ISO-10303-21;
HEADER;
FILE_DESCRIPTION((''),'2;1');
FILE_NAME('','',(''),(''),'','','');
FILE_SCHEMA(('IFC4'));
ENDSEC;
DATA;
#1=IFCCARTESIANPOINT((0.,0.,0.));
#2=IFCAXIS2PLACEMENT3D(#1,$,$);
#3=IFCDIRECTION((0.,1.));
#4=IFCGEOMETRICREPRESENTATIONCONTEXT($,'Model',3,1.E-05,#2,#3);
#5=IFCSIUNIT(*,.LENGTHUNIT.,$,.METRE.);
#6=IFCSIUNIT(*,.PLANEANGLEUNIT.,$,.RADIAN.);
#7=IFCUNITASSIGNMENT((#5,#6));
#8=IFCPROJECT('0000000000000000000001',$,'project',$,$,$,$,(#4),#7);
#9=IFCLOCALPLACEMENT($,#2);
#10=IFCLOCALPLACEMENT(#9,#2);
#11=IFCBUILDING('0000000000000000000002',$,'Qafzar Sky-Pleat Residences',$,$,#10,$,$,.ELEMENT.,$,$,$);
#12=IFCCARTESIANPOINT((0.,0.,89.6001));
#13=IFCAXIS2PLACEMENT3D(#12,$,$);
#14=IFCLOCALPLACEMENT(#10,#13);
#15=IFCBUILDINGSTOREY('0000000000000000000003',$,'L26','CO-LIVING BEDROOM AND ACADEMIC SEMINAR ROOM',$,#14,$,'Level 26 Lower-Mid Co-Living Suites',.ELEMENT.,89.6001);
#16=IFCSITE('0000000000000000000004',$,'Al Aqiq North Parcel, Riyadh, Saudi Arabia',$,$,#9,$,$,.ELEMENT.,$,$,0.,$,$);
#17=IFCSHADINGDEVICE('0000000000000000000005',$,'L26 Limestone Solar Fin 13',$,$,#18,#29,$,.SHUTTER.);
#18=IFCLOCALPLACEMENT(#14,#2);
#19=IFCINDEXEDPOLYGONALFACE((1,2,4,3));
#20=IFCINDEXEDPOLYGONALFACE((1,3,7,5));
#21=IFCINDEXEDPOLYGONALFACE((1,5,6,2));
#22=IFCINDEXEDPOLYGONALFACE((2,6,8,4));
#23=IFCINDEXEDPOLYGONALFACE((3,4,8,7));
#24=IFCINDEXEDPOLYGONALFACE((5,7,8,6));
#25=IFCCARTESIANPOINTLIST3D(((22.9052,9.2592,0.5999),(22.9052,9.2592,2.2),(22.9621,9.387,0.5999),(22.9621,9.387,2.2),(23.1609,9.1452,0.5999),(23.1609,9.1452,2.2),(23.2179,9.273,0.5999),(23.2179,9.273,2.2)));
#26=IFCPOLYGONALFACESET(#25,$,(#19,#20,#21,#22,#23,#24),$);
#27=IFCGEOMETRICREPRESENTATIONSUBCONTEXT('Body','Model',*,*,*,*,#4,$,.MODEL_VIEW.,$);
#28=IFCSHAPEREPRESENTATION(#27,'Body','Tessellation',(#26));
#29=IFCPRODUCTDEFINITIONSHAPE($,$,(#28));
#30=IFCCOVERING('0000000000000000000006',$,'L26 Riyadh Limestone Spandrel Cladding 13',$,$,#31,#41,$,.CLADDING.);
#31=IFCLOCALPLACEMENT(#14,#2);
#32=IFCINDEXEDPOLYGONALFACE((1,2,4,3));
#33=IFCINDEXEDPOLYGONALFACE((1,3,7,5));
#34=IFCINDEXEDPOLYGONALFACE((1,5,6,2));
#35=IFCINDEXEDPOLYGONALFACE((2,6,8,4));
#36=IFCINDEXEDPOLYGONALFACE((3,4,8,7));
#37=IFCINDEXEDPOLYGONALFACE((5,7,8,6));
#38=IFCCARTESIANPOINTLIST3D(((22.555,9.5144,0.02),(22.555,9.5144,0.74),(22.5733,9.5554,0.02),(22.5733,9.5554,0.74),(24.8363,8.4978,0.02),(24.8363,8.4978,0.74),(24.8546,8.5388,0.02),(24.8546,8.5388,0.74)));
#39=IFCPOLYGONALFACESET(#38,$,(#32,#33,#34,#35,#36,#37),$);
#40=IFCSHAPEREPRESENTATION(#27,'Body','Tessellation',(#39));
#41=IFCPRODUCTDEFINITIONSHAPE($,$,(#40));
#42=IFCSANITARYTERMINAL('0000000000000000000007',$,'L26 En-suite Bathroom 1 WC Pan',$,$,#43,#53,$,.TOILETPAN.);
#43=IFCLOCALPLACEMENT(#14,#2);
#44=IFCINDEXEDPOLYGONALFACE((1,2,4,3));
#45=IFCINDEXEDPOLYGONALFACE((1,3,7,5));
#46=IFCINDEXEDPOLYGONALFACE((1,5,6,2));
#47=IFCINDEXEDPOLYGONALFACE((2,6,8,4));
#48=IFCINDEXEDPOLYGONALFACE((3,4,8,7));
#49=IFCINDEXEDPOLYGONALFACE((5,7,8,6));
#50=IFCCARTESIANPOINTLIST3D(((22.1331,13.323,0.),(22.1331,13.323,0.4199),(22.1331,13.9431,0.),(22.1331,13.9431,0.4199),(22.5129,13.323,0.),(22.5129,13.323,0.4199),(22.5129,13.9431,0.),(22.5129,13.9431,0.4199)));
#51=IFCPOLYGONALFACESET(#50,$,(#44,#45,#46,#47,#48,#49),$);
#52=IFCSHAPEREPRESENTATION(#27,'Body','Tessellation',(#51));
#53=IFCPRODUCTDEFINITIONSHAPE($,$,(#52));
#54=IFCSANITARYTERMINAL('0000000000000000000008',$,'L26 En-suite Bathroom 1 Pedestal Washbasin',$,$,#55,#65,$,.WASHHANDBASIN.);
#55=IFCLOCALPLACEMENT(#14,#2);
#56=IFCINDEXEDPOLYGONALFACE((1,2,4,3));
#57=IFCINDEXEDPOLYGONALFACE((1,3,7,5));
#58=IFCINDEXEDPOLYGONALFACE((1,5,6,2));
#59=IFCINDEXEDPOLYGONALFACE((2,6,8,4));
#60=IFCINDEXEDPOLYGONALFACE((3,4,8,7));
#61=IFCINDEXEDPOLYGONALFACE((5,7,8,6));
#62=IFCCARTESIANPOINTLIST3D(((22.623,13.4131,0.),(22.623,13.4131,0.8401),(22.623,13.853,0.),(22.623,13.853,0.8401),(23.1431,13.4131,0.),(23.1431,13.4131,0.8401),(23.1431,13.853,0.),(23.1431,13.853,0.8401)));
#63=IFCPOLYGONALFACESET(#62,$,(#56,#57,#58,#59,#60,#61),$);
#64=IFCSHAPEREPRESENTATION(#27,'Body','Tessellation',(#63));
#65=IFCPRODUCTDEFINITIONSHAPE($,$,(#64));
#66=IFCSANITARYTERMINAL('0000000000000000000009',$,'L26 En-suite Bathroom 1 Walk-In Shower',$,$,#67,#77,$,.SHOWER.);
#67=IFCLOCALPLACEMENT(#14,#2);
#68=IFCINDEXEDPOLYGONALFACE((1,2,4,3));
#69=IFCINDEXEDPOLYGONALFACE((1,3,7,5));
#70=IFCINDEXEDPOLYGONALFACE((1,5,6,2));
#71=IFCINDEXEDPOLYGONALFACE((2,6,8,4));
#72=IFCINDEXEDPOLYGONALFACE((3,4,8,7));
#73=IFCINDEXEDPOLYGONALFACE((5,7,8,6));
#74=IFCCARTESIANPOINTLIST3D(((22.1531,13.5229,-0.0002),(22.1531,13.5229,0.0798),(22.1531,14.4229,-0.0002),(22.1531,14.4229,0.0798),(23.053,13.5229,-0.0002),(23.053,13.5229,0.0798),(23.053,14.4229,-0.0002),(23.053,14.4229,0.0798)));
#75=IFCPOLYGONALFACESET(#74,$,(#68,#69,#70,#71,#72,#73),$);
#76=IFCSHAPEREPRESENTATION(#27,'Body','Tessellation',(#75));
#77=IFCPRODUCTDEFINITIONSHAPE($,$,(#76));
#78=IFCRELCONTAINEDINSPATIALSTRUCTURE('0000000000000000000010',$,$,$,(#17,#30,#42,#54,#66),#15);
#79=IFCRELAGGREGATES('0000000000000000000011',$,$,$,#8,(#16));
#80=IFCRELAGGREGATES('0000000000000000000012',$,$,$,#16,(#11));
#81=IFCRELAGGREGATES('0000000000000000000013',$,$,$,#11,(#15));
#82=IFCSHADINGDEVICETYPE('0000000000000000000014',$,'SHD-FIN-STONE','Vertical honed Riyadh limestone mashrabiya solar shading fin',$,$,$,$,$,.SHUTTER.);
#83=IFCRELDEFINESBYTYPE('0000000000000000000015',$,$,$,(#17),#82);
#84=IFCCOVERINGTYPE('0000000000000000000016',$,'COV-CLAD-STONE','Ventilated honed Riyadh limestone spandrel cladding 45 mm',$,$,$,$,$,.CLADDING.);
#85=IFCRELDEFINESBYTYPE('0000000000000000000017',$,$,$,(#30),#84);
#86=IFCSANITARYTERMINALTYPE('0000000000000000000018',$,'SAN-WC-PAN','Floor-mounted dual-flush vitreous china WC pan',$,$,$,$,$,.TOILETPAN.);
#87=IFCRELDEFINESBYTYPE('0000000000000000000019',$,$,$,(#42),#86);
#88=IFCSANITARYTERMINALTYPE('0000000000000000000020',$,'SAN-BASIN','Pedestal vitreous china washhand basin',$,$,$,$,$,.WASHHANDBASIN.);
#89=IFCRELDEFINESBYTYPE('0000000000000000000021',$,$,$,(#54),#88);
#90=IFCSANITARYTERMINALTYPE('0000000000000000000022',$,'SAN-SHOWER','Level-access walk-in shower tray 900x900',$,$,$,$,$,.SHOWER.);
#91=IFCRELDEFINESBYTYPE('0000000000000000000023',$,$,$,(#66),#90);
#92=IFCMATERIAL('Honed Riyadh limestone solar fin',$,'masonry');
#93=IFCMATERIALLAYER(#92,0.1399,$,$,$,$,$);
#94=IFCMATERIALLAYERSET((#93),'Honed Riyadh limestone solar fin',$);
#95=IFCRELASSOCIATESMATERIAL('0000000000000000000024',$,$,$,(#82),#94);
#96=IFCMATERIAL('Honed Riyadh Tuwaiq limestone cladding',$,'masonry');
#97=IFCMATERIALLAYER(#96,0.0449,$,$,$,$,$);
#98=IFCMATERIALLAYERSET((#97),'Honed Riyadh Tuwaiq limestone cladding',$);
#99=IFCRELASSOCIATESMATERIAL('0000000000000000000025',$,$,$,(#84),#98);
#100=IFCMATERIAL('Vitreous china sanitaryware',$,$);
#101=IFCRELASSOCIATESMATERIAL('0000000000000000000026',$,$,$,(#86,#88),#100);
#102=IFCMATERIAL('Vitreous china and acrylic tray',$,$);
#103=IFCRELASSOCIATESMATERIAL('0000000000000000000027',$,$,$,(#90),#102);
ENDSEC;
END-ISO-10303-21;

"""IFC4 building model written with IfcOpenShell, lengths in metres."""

from ifc_helpers import new_model, si_unit, direction, frame, origin, origin_2d, place, context, subcontext, project, spatial, rectangle, extrude, source, transform, mapped, material, layer, layer_set, type_object, element, save


model = new_model("IFC4")

# Units and contexts
model_context = context("Model", 3, precision=1e-05, world=origin(), true_north=direction((0.0, 1.0)))
body_context = subcontext(model_context, "Body", "Model", "MODEL_VIEW")
ifc_project = project(units=[si_unit("LENGTHUNIT", "METRE"), si_unit("PLANEANGLEUNIT", "RADIAN")], contexts=[model_context])

# Site, building, storey
site_placement = place(None, origin())
site = spatial("IfcSite", under=ifc_project, at=site_placement, Name="Al Aqiq North Parcel, Riyadh, Saudi Arabia", CompositionType="ELEMENT", RefElevation=0.0)
building_placement = place(site_placement, origin())
building = spatial("IfcBuilding", under=site, at=building_placement, Name="Qafzar Sky-Pleat Residences", CompositionType="ELEMENT")
storey_placement = place(building_placement, frame((0.0, 0.0, 89.6001)))
storey = spatial("IfcBuildingStorey", under=building, at=storey_placement, Name="L26", Description="CO-LIVING BEDROOM AND ACADEMIC SEMINAR ROOM", LongName="Level 26 Lower-Mid Co-Living Suites", CompositionType="ELEMENT", Elevation=89.6001)

# Shading device
ifc_material_1 = material(Name="Honed Riyadh limestone solar fin", Category="masonry")
ifc_layer_1 = layer(ifc_material_1, 0.1399)
ifc_layer_set_1 = layer_set([ifc_layer_1], Name="Honed Riyadh limestone solar fin")
shading_device_type = type_object("IfcShadingDeviceType", Name="SHD-FIN-STONE", Description="Vertical honed Riyadh limestone mashrabiya solar shading fin", PredefinedType="SHUTTER", material=ifc_layer_set_1)
shared_shape_1 = source(origin(), body_context, "Body", "SweptSolid", [
    extrude(rectangle(XDim=0.1399, YDim=0.28, at=origin_2d()), origin(), (0.0, 0.0, 1.0), 1.6001),
])
shading_device_placement = place(storey_placement, frame((23.0615, 9.2661, 0.5999), z_axis=(0.0, 0.0, 1.0), x_axis=(-0.407014, -0.913422, 0.0)))
element("IfcShadingDevice", 1, at=shading_device_placement, inside=storey, type_object=shading_device_type, Name="L26 Limestone Solar Fin 13", PredefinedType="SHUTTER", context=body_context, shape_type="MappedRepresentation", body=[
    mapped(shared_shape_1, transform((0.0, 0.0, 0.0), x_axis=(1.0, 0.0, 0.0), y_axis=(0.0, 1.0, 0.0), z_axis=(0.0, 0.0, 1.0), scale=1.0)),
])

# Covering
ifc_material_2 = material(Name="Honed Riyadh Tuwaiq limestone cladding", Category="masonry")
ifc_layer_2 = layer(ifc_material_2, 0.0449)
ifc_layer_set_2 = layer_set([ifc_layer_2], Name="Honed Riyadh Tuwaiq limestone cladding")
covering_type = type_object("IfcCoveringType", Name="COV-CLAD-STONE", Description="Ventilated honed Riyadh limestone spandrel cladding 45 mm", PredefinedType="CLADDING", material=ifc_layer_set_2)
shared_shape_2 = source(origin(), body_context, "Body", "SweptSolid", [
    extrude(rectangle(XDim=2.4976, YDim=0.0449, at=origin_2d()), origin(), (0.0, 0.0, 1.0), 0.72),
])
covering_placement = place(storey_placement, frame((23.7048, 9.0266, 0.02), z_axis=(0.0, 0.0, 1.0), x_axis=(0.913414, -0.407031, 0.0)))
element("IfcCovering", 2, at=covering_placement, inside=storey, type_object=covering_type, Name="L26 Riyadh Limestone Spandrel Cladding 13", PredefinedType="CLADDING", context=body_context, shape_type="MappedRepresentation", body=[
    mapped(shared_shape_2, transform((0.0, 0.0, 0.0), x_axis=(1.0, 0.0, 0.0), y_axis=(0.0, 1.0, 0.0), z_axis=(0.0, 0.0, 1.0), scale=1.0)),
])

# Sanitary terminals
ifc_material_3 = material(Name="Vitreous china sanitaryware")
sanitary_terminal_type_1 = type_object("IfcSanitaryTerminalType", Name="SAN-WC-PAN", Description="Floor-mounted dual-flush vitreous china WC pan", PredefinedType="TOILETPAN", material=ifc_material_3)
shared_shape_3 = source(origin(), body_context, "Body", "SweptSolid", [
    extrude(rectangle(XDim=0.3799, YDim=0.6201, at=origin_2d()), origin(), (0.0, 0.0, 1.0), 0.4199),
])
sanitary_terminal_1_placement = place(storey_placement, frame((22.323, 13.6331, 0.0), z_axis=(0.0, 0.0, 1.0), x_axis=(1.0, 0.0, 0.0)))
element("IfcSanitaryTerminal", 3, at=sanitary_terminal_1_placement, inside=storey, type_object=sanitary_terminal_type_1, Name="L26 En-suite Bathroom 1 WC Pan", PredefinedType="TOILETPAN", context=body_context, shape_type="MappedRepresentation", body=[
    mapped(shared_shape_3, transform((0.0, 0.0, 0.0), x_axis=(1.0, 0.0, 0.0), y_axis=(0.0, 1.0, 0.0), z_axis=(0.0, 0.0, 1.0), scale=1.0)),
])
sanitary_terminal_type_2 = type_object("IfcSanitaryTerminalType", Name="SAN-BASIN", Description="Pedestal vitreous china washhand basin", PredefinedType="WASHHANDBASIN", material=ifc_material_3)
shared_shape_4 = source(origin(), body_context, "Body", "SweptSolid", [
    extrude(rectangle(XDim=0.52, YDim=0.4399, at=origin_2d()), origin(), (0.0, 0.0, 1.0), 0.8401),
])
sanitary_terminal_2_placement = place(storey_placement, frame((22.8831, 13.6331, 0.0), z_axis=(0.0, 0.0, 1.0), x_axis=(1.0, 0.0, 0.0)))
element("IfcSanitaryTerminal", 4, at=sanitary_terminal_2_placement, inside=storey, type_object=sanitary_terminal_type_2, Name="L26 En-suite Bathroom 1 Pedestal Washbasin", PredefinedType="WASHHANDBASIN", context=body_context, shape_type="MappedRepresentation", body=[
    mapped(shared_shape_4, transform((0.0, 0.0, 0.0), x_axis=(1.0, 0.0, 0.0), y_axis=(0.0, 1.0, 0.0), z_axis=(0.0, 0.0, 1.0), scale=1.0)),
])
ifc_material_4 = material(Name="Vitreous china and acrylic tray")
sanitary_terminal_type_3 = type_object("IfcSanitaryTerminalType", Name="SAN-SHOWER", Description="Level-access walk-in shower tray 900x900", PredefinedType="SHOWER", material=ifc_material_4)
shared_shape_5 = source(origin(), body_context, "Body", "SweptSolid", [
    extrude(rectangle(XDim=0.8999, YDim=0.8999, at=origin_2d()), origin(), (0.0, 0.0, 1.0), 0.0801),
])
sanitary_terminal_3_placement = place(storey_placement, frame((22.603, 13.9729, -0.0002), z_axis=(0.0, 0.0, 1.0), x_axis=(1.0, 0.0, 0.0)))
element("IfcSanitaryTerminal", 5, at=sanitary_terminal_3_placement, inside=storey, type_object=sanitary_terminal_type_3, Name="L26 En-suite Bathroom 1 Walk-In Shower", PredefinedType="SHOWER", context=body_context, shape_type="MappedRepresentation", body=[
    mapped(shared_shape_5, transform((0.0, 0.0, 0.0), x_axis=(1.0, 0.0, 0.0), y_axis=(0.0, 1.0, 0.0), z_axis=(0.0, 0.0, 1.0), scale=1.0)),
])

save(model, "model.ifc")
